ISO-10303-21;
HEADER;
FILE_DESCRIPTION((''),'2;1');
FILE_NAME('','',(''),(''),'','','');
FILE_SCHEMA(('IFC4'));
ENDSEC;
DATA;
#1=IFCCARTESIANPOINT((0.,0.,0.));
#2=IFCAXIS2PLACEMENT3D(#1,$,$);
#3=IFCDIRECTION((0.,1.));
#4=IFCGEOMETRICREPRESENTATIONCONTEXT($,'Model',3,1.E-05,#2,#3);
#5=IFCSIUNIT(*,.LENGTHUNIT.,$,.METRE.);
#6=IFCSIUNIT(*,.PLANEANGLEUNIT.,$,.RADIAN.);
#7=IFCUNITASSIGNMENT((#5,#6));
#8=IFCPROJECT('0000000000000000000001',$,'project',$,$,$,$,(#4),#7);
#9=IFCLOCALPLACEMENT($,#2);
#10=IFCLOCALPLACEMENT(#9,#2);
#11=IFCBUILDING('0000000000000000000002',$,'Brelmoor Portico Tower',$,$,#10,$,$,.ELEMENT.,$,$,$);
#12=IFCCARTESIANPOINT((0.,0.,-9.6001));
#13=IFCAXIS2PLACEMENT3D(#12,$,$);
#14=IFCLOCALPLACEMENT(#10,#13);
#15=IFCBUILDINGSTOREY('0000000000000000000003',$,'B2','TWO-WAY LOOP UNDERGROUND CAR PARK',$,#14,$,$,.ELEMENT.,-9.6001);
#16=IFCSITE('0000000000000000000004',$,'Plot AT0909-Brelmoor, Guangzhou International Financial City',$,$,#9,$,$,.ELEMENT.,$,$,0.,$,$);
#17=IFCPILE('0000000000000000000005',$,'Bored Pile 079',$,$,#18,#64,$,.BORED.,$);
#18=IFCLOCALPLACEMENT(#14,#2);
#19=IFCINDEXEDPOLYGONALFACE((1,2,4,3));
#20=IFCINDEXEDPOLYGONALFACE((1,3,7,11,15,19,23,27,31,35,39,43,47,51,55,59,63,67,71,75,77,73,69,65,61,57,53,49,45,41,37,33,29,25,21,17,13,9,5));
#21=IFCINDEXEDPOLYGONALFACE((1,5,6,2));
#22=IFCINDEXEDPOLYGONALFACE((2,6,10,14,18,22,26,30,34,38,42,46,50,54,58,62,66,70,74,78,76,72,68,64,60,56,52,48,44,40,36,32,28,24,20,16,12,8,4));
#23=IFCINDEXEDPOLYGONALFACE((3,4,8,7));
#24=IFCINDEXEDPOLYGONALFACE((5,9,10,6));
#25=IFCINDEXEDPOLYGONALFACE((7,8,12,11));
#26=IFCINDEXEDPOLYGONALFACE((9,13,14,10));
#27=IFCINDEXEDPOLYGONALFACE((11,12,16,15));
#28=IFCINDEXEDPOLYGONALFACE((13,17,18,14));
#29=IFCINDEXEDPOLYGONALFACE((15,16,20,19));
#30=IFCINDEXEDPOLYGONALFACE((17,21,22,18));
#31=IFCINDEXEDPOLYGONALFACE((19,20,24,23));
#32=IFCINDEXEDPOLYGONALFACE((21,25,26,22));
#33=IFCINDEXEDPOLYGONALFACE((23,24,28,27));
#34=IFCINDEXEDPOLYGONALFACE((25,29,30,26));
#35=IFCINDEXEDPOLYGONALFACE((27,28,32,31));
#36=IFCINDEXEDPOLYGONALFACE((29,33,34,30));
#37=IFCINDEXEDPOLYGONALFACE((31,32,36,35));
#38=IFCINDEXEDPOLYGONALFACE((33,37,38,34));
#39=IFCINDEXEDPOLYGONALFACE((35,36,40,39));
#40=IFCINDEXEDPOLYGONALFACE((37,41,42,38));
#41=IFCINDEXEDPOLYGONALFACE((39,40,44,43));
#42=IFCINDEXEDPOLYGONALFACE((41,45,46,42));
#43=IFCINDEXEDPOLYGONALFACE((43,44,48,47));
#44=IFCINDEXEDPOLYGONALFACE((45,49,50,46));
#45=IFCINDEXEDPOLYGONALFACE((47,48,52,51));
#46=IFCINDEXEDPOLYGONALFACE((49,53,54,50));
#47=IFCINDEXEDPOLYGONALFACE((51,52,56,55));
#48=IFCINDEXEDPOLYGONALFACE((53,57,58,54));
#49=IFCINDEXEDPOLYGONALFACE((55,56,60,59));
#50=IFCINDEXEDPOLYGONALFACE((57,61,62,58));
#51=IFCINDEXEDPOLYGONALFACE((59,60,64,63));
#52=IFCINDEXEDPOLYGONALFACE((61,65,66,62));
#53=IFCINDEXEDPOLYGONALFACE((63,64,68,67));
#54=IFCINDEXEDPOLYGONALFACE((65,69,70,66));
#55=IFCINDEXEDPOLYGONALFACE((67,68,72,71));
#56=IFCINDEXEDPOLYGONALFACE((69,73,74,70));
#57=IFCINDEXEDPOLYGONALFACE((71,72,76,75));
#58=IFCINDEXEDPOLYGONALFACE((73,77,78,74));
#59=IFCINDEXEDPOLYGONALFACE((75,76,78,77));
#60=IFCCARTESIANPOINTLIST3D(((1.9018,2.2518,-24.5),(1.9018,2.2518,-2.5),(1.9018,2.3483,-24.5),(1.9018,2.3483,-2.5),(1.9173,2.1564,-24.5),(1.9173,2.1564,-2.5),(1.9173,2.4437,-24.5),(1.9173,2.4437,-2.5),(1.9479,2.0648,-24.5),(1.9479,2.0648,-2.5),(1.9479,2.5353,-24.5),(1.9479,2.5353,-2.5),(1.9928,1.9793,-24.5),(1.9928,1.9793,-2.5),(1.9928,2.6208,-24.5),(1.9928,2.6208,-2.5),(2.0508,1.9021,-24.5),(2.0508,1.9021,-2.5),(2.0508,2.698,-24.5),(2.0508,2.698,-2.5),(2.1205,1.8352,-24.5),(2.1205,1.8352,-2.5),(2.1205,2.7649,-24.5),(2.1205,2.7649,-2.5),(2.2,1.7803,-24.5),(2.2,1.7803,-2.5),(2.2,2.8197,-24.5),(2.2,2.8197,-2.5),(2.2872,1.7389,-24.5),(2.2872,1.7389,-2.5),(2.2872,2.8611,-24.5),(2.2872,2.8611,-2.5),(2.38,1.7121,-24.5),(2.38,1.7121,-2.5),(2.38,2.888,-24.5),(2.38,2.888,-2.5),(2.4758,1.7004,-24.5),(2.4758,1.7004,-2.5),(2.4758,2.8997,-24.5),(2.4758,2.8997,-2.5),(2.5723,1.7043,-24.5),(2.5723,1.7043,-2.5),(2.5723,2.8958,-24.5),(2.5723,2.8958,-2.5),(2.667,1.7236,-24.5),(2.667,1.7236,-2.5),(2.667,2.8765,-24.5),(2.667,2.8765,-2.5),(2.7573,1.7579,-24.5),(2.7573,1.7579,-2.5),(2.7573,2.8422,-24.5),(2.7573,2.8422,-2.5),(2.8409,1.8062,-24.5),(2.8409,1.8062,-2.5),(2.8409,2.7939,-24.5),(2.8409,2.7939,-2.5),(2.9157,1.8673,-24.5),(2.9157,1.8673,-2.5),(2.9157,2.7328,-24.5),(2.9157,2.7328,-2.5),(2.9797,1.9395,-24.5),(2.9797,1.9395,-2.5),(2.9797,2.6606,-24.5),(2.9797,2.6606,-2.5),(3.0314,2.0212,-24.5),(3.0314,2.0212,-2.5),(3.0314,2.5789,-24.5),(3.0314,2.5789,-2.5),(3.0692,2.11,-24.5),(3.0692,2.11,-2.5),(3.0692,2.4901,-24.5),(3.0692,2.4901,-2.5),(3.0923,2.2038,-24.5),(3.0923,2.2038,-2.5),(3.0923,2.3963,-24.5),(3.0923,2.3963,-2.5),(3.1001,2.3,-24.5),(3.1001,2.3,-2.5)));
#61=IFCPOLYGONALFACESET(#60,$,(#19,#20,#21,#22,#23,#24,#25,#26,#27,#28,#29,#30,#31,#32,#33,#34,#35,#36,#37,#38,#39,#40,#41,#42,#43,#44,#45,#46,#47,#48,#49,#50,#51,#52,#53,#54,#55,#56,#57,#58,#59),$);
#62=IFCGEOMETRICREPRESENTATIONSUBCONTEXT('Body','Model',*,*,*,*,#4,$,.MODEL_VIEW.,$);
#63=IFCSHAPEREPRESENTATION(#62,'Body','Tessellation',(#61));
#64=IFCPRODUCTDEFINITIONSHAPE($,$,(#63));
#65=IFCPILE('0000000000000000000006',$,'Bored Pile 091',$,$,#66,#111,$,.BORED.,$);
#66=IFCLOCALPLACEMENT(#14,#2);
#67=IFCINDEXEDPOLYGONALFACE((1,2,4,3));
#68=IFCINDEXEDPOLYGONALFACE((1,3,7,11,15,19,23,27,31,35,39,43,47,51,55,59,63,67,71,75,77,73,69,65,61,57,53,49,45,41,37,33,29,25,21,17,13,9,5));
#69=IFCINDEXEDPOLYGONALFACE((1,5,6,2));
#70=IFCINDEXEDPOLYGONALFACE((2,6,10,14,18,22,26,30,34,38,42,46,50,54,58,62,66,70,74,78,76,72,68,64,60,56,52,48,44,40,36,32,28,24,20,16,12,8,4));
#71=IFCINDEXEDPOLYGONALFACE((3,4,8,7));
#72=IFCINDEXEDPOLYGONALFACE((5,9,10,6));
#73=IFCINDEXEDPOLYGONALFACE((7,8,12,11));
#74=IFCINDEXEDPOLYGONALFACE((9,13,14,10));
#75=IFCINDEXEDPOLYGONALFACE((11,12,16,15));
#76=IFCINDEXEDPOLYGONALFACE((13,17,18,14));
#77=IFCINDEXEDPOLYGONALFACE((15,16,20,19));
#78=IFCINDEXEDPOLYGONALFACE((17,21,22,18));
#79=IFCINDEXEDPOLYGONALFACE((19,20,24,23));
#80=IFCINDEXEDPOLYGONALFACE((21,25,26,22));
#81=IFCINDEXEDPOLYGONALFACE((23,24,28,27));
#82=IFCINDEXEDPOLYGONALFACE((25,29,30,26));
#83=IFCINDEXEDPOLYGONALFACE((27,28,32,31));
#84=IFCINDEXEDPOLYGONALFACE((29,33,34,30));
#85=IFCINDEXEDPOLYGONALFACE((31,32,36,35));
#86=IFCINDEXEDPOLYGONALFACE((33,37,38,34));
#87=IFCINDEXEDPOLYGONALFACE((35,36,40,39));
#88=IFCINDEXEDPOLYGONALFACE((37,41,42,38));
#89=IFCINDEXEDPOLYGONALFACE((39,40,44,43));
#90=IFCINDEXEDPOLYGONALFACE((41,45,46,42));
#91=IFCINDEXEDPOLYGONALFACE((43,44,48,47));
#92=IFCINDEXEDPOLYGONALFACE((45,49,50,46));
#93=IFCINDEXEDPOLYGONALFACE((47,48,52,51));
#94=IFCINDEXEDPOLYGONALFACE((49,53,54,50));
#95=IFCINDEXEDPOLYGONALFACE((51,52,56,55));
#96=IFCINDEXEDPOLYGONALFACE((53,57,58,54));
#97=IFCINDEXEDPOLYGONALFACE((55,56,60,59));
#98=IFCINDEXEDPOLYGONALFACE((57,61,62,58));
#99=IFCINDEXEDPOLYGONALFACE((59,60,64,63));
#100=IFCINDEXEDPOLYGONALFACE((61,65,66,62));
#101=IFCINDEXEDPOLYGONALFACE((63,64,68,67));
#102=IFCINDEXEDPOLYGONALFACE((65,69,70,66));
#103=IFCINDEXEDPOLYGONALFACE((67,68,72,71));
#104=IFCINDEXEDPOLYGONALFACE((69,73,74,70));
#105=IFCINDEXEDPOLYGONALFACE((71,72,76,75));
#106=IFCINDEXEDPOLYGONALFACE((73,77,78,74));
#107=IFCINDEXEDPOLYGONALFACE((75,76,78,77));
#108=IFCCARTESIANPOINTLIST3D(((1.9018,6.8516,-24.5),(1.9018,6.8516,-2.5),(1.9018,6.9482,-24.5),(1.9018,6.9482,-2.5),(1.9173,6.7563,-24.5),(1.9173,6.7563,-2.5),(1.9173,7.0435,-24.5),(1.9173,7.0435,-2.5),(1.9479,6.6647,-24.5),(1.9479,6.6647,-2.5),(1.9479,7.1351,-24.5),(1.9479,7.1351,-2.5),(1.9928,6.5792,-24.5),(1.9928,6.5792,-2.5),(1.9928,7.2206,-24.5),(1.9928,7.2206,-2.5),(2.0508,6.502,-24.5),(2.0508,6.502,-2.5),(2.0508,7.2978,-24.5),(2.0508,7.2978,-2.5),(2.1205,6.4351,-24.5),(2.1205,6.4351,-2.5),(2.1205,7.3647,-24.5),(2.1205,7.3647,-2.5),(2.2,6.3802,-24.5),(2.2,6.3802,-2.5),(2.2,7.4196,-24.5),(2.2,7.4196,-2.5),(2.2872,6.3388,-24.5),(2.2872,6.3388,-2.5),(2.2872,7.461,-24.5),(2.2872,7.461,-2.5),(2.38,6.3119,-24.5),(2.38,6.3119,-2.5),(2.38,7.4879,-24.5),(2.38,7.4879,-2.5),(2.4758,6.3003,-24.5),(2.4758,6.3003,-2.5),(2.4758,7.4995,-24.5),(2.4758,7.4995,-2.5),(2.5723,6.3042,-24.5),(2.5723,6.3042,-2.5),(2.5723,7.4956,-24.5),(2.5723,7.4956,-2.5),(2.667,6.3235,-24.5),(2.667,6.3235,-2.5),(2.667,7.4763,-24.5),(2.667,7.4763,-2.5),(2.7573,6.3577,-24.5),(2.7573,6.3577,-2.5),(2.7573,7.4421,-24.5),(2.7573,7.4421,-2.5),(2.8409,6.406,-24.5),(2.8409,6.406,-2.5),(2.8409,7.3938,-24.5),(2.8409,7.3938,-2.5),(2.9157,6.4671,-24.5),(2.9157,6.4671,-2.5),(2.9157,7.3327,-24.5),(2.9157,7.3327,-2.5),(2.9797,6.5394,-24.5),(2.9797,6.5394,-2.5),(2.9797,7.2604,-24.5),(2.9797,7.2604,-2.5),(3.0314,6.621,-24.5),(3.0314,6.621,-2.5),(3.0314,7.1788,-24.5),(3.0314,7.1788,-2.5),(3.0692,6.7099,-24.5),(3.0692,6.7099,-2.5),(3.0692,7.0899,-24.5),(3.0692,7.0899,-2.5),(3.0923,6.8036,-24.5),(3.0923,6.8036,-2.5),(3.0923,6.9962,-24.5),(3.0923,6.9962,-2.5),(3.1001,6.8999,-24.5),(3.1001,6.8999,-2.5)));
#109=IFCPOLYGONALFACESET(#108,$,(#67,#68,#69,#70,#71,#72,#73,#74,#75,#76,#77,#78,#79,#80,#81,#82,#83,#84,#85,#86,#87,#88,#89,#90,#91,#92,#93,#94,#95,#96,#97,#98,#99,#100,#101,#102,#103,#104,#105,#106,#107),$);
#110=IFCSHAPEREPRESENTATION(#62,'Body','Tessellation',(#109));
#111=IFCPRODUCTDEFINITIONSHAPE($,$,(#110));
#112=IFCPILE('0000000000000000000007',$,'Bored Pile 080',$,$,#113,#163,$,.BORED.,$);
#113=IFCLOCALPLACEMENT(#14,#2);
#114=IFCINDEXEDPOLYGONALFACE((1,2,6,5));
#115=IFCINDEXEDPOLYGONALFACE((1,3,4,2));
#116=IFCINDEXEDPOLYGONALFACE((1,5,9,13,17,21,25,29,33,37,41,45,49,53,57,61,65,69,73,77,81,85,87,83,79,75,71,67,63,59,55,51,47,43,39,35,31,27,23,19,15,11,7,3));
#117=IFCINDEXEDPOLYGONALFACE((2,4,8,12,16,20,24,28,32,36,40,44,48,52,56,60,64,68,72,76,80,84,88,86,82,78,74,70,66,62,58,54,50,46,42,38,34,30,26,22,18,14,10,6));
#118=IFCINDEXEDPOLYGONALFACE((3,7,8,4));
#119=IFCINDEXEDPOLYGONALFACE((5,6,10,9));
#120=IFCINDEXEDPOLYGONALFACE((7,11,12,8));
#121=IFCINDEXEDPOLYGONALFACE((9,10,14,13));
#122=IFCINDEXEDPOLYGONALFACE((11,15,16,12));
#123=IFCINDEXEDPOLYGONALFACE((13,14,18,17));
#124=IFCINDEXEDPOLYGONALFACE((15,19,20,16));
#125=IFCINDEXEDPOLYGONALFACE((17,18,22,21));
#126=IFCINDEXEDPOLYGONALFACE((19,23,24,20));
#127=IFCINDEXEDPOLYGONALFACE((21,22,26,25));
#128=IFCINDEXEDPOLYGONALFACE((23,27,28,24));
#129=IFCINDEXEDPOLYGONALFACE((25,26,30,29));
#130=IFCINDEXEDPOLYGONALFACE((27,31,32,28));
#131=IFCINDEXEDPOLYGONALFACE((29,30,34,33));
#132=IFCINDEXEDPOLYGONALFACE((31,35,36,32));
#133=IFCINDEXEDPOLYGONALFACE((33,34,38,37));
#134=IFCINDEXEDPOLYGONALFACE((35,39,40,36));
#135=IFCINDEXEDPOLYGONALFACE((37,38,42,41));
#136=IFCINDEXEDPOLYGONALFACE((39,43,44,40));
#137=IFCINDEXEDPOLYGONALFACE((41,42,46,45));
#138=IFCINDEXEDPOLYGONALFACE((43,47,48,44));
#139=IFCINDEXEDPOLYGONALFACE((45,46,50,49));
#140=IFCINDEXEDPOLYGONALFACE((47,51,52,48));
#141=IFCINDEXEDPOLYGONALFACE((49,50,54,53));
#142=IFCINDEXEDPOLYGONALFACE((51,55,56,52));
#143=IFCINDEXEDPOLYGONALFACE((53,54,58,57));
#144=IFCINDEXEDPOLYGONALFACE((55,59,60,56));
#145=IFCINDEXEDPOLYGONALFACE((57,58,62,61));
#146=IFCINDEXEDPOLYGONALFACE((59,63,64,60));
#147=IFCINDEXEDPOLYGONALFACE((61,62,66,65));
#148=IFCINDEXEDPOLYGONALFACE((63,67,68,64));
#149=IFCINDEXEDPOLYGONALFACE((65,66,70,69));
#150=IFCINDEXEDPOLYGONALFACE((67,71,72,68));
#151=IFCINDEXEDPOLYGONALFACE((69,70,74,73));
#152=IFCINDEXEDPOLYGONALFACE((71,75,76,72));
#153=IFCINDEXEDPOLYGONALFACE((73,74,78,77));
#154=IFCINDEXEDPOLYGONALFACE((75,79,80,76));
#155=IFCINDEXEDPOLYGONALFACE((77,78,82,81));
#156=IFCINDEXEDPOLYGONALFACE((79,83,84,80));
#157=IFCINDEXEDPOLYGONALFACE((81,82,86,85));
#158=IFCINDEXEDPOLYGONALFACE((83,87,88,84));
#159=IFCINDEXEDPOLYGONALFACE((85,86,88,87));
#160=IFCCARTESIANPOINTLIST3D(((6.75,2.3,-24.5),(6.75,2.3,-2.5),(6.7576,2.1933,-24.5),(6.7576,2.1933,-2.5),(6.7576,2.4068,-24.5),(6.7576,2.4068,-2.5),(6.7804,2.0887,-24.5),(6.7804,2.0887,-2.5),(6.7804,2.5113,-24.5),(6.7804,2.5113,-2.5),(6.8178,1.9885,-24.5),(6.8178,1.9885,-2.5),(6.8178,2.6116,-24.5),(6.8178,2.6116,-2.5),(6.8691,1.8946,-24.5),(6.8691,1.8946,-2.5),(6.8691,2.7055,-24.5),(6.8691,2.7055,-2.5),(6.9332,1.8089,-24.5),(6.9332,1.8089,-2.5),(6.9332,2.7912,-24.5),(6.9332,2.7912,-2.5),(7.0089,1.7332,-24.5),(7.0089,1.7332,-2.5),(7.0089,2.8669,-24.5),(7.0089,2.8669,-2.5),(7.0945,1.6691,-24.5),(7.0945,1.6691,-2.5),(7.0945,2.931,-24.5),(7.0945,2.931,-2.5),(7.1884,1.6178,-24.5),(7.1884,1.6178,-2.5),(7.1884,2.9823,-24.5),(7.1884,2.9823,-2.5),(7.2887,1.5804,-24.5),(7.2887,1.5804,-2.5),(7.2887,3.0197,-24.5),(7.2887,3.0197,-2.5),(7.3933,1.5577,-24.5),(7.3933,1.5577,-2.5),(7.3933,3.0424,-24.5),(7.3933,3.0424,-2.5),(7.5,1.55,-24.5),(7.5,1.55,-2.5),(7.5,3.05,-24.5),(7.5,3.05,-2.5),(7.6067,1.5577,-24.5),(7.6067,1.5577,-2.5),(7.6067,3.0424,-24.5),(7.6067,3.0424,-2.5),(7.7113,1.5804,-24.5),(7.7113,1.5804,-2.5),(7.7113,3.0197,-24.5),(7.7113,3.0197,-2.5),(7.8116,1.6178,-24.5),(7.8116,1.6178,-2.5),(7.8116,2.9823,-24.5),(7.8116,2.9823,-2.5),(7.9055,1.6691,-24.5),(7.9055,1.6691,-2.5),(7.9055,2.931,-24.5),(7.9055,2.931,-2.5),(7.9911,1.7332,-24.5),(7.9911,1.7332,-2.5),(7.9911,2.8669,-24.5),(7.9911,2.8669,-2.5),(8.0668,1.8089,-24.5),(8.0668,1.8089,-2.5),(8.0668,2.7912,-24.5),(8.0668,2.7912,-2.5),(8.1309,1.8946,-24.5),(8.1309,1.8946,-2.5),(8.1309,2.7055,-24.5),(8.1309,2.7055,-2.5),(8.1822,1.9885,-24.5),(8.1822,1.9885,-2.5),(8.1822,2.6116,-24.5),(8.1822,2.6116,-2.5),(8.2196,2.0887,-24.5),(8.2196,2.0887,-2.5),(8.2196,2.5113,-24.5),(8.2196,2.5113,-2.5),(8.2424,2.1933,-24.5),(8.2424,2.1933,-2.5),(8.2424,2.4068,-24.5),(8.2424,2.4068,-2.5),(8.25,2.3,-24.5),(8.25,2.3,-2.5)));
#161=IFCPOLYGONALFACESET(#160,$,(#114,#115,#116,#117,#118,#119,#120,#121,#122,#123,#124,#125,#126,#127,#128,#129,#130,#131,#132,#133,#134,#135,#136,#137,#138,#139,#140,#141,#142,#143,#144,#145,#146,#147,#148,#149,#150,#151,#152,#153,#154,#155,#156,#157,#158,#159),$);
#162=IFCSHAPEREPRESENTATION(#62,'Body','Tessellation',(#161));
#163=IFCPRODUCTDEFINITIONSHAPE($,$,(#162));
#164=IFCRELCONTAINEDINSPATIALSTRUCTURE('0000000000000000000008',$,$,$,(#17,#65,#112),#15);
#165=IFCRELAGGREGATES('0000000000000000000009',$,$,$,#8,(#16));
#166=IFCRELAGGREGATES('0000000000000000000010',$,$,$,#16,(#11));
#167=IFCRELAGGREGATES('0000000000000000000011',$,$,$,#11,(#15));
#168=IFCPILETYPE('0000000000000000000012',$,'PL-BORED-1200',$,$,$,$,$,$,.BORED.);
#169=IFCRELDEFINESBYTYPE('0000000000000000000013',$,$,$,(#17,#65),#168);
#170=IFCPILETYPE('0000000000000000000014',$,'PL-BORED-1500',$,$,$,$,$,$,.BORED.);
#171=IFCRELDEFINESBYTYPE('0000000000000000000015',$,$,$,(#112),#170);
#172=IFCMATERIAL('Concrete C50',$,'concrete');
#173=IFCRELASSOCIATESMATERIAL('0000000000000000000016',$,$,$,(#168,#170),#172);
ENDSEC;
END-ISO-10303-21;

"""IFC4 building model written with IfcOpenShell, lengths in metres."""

from ifc_helpers import new_model, si_unit, direction, frame, origin, origin_2d, place, context, subcontext, project, spatial, circle, extrude, material, material_profile, profile_set, type_object, element, save


model = new_model("IFC4")

# Units and contexts
model_context = context("Model", 3, precision=1e-05, world=origin(), true_north=direction((0.0, 1.0)))
body_context = subcontext(model_context, "Body", "Model", "MODEL_VIEW")
ifc_project = project(units=[si_unit("LENGTHUNIT", "METRE"), si_unit("PLANEANGLEUNIT", "RADIAN")], contexts=[model_context])

# Site, building, storey
site_placement = place(None, origin())
site = spatial("IfcSite", under=ifc_project, at=site_placement, Name="Plot AT0909-Brelmoor, Guangzhou International Financial City", CompositionType="ELEMENT", RefElevation=0.0)
building_placement = place(site_placement, origin())
building = spatial("IfcBuilding", under=site, at=building_placement, Name="Brelmoor Portico Tower", CompositionType="ELEMENT")
storey_placement = place(building_placement, frame((0.0, 0.0, -9.6001)))
storey = spatial("IfcBuildingStorey", under=building, at=storey_placement, Name="B2", Description="TWO-WAY LOOP UNDERGROUND CAR PARK", CompositionType="ELEMENT", Elevation=-9.6001)

# Piles
ifc_material_1 = material(Name="Concrete C50", Category="concrete")
ifc_material_profile_1 = material_profile(ifc_material_1, circle(Radius=0.6001, at=origin_2d()), Name="BORED PILE D1200")
ifc_profile_set_1 = profile_set([ifc_material_profile_1], Name="Concrete C50")
pile_type_1 = type_object("IfcPileType", Name="PL-BORED-1200", PredefinedType="BORED", material=ifc_profile_set_1)
for number, where, z_axis, x_axis, name in (
    (1, (2.5, 2.3, -2.5), (0.0, 0.0, -1.0), (1.0, 0.0, 0.0), "Bored Pile 079"),
    (2, (2.5, 6.8999, -2.5), (0.0, 0.0, -1.0), (1.0, 0.0, 0.0), "Bored Pile 091"),
):
    element("IfcPile", number, at=place(storey_placement, frame(where, z_axis=z_axis, x_axis=x_axis)), inside=storey, type_object=pile_type_1, Name=name, PredefinedType="BORED", context=body_context, shape_type="SweptSolid", body=[
        extrude(circle(Radius=0.6001, at=origin_2d()), origin(), (0.0, 0.0, 1.0), 22.0),
    ])
ifc_material_profile_2 = material_profile(ifc_material_1, circle(Radius=0.75, at=origin_2d()), Name="BORED PILE D1500")
ifc_profile_set_2 = profile_set([ifc_material_profile_2], Name="Concrete C50")
pile_type_2 = type_object("IfcPileType", Name="PL-BORED-1500", PredefinedType="BORED", material=ifc_profile_set_2)
for number, where, z_axis, x_axis, name in (
    (3, (7.5, 2.3, -2.5), (0.0, 0.0, -1.0), (1.0, 0.0, 0.0), "Bored Pile 080"),
):
    element("IfcPile", number, at=place(storey_placement, frame(where, z_axis=z_axis, x_axis=x_axis)), inside=storey, type_object=pile_type_2, Name=name, PredefinedType="BORED", context=body_context, shape_type="SweptSolid", body=[
        extrude(circle(Radius=0.75, at=origin_2d()), origin(), (0.0, 0.0, 1.0), 22.0),
    ])

save(model, "model.ifc")
